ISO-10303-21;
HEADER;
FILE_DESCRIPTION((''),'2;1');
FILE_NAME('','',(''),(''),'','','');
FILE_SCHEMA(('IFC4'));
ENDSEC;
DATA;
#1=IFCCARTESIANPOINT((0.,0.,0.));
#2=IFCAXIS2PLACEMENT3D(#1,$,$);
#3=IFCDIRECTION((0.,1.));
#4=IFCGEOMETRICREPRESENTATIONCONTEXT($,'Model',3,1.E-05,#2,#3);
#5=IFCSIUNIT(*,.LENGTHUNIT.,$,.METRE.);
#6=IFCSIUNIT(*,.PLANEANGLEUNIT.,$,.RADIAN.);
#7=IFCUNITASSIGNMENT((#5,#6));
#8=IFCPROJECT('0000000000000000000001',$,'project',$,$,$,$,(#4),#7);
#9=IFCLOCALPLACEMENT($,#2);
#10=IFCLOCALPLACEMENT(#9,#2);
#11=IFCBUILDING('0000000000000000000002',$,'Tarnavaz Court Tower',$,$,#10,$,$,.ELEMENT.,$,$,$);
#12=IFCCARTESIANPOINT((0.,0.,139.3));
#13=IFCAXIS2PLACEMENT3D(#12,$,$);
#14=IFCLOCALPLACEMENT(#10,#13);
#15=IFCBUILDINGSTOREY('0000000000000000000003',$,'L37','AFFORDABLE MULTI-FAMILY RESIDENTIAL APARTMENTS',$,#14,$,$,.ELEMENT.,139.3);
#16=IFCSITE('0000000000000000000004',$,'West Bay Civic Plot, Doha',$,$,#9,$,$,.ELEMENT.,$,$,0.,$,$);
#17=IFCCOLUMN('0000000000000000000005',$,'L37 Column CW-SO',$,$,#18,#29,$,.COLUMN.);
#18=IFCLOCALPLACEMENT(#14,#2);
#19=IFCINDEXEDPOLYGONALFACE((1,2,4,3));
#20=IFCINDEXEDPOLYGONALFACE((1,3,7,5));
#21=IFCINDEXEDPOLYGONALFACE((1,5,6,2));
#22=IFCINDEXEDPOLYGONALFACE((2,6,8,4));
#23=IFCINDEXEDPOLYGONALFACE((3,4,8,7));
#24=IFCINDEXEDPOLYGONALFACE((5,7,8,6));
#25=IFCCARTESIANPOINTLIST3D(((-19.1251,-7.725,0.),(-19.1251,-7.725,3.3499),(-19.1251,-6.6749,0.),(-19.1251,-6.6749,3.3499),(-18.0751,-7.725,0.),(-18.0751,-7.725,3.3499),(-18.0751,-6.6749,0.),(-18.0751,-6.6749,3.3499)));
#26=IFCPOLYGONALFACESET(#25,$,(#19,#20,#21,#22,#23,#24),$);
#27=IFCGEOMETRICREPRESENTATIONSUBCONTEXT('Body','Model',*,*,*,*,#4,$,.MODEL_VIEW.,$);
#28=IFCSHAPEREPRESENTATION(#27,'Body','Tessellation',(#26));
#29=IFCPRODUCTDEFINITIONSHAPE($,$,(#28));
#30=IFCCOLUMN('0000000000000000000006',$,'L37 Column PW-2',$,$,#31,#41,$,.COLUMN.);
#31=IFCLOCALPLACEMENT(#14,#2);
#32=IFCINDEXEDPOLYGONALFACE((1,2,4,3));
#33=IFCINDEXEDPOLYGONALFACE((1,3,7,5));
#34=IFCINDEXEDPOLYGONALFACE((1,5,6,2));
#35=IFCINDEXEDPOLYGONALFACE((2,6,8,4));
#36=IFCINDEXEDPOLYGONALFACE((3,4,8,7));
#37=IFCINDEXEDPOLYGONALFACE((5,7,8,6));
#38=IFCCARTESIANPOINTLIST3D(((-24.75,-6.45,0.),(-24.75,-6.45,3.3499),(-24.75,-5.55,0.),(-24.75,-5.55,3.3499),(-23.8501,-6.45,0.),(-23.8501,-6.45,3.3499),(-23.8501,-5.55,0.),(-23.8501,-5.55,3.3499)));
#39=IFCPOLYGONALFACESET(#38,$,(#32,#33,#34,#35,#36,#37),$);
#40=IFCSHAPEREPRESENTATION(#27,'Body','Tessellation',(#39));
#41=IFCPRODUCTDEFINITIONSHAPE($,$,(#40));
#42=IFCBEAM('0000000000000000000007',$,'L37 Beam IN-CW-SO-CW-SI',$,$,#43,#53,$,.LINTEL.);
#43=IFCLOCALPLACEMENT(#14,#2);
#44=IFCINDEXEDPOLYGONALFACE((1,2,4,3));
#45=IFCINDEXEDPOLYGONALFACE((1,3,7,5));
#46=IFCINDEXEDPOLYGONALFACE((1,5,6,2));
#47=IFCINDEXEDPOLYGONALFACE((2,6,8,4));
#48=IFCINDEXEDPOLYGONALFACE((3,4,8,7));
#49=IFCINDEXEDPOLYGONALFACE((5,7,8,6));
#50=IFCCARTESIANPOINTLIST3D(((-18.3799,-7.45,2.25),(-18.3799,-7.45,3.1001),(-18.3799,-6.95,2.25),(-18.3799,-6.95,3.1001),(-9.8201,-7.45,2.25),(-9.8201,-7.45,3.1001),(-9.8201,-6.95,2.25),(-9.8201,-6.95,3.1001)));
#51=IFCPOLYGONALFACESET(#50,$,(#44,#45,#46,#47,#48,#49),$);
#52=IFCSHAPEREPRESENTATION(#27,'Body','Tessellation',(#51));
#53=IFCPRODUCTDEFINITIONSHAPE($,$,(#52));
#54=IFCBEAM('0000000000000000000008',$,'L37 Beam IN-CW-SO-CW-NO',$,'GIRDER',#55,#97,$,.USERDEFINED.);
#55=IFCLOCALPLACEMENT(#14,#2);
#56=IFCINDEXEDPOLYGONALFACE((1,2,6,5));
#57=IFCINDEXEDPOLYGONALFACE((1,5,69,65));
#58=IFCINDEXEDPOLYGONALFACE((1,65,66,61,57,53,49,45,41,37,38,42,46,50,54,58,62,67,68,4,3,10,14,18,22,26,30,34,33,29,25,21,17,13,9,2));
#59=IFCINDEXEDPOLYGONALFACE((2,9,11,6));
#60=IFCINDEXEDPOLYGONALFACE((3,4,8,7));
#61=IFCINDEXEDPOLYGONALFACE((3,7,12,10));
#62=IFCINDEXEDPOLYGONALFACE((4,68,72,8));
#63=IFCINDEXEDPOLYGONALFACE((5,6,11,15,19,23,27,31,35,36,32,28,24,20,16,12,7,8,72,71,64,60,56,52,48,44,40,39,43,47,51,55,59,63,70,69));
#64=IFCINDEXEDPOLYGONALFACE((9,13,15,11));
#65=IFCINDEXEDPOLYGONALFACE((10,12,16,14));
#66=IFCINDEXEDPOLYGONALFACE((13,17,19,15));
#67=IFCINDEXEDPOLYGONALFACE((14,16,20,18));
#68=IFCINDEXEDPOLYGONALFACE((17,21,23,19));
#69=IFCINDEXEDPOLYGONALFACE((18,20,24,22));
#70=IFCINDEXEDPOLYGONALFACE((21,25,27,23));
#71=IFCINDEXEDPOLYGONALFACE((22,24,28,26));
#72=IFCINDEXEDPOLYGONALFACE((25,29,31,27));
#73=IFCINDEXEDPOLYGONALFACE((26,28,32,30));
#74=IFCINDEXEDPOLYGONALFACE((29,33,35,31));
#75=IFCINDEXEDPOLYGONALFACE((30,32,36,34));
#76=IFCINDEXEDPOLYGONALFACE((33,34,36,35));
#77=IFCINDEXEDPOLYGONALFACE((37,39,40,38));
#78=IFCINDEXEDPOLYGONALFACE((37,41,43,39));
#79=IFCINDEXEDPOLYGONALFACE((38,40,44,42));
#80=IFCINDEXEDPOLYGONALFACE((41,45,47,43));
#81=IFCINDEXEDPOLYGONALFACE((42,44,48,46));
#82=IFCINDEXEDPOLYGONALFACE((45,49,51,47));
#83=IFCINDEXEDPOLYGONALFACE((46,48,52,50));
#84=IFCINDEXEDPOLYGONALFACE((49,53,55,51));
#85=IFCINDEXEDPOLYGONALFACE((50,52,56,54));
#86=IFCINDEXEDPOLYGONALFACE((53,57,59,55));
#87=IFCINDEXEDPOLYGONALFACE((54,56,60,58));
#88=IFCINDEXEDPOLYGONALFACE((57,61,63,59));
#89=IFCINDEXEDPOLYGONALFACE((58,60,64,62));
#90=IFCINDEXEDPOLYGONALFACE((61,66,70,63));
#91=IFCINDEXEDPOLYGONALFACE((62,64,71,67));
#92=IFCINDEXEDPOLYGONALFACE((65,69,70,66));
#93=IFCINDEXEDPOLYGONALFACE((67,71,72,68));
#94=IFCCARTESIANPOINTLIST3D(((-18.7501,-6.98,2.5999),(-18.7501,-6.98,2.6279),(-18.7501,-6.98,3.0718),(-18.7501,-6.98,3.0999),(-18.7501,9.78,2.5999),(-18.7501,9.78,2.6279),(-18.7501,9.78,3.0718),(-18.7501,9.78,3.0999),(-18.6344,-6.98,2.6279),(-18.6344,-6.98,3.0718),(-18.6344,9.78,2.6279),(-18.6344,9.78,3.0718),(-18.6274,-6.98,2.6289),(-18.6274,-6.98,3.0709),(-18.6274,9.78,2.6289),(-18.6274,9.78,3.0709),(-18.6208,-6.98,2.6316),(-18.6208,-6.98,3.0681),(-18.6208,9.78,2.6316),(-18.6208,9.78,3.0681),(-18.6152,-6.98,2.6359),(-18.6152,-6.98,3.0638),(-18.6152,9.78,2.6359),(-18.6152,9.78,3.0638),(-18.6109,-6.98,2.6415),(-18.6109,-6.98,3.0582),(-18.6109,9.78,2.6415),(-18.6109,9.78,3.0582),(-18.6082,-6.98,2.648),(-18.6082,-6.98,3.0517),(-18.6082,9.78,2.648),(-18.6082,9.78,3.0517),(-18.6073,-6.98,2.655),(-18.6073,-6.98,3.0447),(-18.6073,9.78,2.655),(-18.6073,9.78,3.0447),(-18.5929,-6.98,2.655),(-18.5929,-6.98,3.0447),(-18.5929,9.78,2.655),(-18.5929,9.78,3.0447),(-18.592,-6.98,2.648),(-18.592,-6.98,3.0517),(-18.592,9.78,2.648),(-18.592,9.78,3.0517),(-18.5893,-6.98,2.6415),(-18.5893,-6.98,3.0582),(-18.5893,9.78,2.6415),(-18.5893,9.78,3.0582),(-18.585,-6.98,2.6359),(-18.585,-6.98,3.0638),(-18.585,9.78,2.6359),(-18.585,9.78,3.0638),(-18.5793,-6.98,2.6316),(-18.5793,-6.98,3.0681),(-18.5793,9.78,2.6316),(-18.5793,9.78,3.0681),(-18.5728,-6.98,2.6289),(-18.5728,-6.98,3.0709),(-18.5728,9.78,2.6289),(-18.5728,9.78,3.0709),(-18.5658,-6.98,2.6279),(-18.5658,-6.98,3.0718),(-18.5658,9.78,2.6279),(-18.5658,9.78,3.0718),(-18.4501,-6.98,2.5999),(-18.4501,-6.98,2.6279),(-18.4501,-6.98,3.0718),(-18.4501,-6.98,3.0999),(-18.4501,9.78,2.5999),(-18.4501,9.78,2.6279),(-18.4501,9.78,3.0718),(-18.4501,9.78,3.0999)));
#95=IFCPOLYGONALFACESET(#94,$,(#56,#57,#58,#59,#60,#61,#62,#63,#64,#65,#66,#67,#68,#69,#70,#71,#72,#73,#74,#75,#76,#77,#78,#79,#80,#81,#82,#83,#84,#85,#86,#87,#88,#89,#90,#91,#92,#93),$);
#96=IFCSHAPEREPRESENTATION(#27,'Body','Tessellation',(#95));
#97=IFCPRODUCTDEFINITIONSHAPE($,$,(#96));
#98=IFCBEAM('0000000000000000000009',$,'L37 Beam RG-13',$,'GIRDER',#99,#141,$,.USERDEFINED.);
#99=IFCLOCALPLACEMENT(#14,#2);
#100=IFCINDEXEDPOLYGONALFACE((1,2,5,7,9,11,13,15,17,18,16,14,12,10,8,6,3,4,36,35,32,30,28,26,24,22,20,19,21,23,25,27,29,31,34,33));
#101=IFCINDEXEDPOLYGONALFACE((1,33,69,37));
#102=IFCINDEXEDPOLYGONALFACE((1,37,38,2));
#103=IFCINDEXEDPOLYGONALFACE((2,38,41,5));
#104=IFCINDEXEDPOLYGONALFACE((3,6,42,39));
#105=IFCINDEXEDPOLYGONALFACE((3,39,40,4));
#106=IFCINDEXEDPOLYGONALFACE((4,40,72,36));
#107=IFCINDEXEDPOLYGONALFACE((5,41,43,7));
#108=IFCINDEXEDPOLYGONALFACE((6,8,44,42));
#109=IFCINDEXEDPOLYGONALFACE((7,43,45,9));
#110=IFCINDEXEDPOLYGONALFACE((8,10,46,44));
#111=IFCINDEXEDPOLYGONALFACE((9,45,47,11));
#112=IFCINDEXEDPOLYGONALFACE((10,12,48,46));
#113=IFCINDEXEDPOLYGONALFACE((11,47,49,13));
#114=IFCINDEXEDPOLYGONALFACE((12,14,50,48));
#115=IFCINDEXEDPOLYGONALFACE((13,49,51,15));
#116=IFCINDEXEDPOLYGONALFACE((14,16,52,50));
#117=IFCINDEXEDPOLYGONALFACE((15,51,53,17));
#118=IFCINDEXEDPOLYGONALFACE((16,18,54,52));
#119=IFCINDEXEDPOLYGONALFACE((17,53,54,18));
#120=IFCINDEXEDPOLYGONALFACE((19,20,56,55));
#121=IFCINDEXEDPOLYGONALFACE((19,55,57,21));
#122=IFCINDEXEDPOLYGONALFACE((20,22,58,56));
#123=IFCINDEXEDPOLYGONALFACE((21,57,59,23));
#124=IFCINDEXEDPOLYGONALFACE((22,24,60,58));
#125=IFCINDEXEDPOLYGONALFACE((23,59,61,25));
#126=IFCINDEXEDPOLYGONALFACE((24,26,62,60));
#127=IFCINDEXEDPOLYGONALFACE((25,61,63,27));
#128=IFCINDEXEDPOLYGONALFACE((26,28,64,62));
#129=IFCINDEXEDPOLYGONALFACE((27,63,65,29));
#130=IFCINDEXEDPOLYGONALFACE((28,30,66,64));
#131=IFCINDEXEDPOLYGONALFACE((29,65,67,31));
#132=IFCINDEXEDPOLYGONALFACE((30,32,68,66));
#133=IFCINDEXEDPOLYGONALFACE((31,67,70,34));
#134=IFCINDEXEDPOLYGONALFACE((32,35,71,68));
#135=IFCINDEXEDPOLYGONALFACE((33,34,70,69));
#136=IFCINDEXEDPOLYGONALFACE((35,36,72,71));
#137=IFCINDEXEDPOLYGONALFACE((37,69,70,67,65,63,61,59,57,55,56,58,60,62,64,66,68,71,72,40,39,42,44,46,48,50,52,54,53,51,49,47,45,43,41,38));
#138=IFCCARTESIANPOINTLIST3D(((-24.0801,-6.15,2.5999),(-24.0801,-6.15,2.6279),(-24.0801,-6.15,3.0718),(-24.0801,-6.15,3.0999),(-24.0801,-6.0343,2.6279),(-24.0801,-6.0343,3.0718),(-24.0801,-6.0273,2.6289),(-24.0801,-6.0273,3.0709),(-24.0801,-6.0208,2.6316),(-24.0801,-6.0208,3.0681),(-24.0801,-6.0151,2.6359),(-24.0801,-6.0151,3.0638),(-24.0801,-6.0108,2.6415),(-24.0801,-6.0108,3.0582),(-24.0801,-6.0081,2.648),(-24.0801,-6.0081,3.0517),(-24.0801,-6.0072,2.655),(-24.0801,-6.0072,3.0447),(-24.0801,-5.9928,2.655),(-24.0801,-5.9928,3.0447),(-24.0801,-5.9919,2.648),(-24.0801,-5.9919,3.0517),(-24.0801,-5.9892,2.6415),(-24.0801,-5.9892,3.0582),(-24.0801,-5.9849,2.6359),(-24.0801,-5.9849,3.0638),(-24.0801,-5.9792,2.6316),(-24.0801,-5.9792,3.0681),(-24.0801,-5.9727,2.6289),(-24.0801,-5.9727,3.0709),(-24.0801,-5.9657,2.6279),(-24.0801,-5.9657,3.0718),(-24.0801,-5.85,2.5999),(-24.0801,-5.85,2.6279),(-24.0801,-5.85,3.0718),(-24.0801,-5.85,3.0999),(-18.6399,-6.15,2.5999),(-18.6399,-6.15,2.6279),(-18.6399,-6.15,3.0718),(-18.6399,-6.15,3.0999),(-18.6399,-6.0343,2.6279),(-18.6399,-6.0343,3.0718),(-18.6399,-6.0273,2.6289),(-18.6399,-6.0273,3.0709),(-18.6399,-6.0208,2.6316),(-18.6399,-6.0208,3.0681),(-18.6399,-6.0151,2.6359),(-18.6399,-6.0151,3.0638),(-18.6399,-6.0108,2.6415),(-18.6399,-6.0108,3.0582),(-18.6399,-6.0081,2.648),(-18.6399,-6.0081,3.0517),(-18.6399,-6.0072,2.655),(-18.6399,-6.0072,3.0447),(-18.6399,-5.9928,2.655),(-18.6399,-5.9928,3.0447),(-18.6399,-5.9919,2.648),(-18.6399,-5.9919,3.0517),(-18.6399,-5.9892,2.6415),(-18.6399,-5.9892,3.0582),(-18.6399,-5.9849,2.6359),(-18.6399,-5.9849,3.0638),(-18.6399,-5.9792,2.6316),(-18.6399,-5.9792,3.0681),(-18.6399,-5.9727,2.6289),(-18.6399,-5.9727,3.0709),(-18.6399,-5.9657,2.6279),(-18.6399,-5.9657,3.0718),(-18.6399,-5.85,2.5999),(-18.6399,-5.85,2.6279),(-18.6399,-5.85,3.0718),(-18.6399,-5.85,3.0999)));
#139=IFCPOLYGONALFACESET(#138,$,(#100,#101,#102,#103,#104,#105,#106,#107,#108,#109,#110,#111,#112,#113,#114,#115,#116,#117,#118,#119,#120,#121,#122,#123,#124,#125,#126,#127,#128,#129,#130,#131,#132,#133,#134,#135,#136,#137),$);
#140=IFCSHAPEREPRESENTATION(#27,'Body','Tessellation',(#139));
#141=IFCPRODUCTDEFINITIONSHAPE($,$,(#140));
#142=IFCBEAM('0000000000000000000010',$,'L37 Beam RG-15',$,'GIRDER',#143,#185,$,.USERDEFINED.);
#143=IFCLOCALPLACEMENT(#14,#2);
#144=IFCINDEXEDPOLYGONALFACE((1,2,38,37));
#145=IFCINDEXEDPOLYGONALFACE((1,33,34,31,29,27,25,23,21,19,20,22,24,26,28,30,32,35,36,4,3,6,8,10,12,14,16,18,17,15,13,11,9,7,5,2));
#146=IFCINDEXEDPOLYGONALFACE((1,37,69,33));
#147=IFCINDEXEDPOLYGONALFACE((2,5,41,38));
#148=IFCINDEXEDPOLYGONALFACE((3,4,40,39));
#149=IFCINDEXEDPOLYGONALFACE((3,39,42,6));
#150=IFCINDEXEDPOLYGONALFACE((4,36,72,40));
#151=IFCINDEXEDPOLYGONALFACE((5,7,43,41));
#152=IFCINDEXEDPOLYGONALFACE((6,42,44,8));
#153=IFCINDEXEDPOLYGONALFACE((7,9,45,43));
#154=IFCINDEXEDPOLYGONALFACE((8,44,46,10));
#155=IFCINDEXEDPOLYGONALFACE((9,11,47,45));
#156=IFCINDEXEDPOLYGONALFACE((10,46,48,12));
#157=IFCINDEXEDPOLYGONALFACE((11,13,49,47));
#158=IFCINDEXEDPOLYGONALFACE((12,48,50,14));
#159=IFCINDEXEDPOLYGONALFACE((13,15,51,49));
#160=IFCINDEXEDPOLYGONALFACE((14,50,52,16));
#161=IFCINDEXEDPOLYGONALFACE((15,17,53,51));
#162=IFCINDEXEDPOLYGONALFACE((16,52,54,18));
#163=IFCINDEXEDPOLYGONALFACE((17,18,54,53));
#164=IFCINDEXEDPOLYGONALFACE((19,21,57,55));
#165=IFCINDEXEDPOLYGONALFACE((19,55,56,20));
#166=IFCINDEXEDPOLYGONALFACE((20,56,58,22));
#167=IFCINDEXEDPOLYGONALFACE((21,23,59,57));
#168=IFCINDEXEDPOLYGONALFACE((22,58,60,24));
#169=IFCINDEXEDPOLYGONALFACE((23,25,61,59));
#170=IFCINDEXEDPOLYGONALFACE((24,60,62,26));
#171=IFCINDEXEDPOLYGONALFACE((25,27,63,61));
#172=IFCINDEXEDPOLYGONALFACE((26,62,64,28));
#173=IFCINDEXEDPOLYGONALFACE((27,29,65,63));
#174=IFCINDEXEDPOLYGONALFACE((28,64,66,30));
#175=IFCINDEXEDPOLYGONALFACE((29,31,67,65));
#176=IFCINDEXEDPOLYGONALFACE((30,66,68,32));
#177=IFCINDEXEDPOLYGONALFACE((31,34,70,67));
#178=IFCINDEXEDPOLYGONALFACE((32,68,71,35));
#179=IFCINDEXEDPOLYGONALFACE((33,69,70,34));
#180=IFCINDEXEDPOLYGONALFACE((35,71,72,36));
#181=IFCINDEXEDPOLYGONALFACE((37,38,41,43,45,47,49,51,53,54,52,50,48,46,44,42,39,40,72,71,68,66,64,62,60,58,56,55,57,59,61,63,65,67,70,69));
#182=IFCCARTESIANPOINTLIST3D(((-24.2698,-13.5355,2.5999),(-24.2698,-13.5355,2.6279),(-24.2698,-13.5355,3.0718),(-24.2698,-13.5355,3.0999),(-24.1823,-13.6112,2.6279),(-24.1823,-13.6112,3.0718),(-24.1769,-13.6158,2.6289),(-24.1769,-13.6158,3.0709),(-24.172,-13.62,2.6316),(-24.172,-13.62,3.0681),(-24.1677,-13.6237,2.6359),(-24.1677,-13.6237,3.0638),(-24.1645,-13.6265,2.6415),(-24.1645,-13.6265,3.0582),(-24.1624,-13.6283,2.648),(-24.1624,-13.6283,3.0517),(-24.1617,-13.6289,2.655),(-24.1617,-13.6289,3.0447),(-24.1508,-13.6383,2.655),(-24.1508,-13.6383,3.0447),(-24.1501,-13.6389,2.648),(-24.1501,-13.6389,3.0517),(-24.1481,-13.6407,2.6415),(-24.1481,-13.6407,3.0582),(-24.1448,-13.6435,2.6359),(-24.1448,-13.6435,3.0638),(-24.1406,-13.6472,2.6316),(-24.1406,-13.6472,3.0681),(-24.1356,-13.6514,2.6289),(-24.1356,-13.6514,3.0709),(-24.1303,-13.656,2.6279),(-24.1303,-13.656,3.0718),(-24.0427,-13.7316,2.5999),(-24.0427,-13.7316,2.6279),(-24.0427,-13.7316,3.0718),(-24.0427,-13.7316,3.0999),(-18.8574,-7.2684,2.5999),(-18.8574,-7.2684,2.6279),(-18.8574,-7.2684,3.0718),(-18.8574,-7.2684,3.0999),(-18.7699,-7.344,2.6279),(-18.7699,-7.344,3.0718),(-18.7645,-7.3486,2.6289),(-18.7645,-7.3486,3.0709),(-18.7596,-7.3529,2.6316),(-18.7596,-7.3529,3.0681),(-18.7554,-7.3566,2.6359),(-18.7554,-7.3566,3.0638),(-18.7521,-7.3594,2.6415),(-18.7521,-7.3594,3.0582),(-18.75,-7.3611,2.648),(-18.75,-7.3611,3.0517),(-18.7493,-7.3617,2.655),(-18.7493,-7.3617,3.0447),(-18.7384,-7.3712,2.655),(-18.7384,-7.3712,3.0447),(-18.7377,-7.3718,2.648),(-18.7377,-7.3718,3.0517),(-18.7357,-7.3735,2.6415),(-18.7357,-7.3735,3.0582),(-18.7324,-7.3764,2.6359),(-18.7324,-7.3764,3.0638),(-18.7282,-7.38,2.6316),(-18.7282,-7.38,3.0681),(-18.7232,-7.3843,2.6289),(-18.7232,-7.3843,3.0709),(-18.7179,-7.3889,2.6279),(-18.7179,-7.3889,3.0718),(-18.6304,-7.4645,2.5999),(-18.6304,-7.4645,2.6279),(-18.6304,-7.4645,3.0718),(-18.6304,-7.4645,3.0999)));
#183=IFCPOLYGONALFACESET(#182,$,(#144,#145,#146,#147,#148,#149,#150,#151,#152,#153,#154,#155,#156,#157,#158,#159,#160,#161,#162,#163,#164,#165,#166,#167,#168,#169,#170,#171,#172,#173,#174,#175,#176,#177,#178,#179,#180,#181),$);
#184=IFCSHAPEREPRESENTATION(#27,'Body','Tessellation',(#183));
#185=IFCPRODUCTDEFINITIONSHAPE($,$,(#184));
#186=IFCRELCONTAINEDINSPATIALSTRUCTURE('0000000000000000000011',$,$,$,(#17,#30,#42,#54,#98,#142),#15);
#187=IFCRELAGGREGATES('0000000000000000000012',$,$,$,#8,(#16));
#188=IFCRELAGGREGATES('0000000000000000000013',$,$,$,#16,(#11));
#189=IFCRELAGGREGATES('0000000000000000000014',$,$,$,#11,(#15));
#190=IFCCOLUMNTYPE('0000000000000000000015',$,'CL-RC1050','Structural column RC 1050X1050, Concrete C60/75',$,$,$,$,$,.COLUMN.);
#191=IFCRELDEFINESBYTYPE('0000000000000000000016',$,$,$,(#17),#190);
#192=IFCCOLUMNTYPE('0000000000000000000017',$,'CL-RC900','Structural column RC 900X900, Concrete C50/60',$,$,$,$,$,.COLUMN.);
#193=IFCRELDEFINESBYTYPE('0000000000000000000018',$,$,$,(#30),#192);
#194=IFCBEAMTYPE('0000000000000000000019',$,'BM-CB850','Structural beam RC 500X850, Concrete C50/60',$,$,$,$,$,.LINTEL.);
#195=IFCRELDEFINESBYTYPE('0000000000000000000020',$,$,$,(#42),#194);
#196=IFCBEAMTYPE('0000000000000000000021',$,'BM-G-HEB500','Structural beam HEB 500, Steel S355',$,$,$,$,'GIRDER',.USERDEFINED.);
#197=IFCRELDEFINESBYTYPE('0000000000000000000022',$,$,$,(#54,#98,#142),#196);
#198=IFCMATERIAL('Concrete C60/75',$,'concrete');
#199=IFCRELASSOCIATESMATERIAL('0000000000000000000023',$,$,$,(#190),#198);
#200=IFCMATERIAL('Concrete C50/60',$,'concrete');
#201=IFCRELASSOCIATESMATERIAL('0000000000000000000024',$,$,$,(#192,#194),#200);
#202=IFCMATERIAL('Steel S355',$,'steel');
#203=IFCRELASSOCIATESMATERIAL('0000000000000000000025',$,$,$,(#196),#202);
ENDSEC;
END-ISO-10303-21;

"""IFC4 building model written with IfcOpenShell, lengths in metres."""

from ifc_helpers import new_model, si_unit, direction, frame, origin, origin_2d, place, context, subcontext, project, spatial, rectangle, i_section, extrude, material, material_profile, profile_set, type_object, element, save


model = new_model("IFC4")

# Units and contexts
model_context = context("Model", 3, precision=1e-05, world=origin(), true_north=direction((0.0, 1.0)))
body_context = subcontext(model_context, "Body", "Model", "MODEL_VIEW")
ifc_project = project(units=[si_unit("LENGTHUNIT", "METRE"), si_unit("PLANEANGLEUNIT", "RADIAN")], contexts=[model_context])

# Site, building, storey
site_placement = place(None, origin())
site = spatial("IfcSite", under=ifc_project, at=site_placement, Name="West Bay Civic Plot, Doha", CompositionType="ELEMENT", RefElevation=0.0)
building_placement = place(site_placement, origin())
building = spatial("IfcBuilding", under=site, at=building_placement, Name="Tarnavaz Court Tower", CompositionType="ELEMENT")
storey_placement = place(building_placement, frame((0.0, 0.0, 139.3)))
storey = spatial("IfcBuildingStorey", under=building, at=storey_placement, Name="L37", Description="AFFORDABLE MULTI-FAMILY RESIDENTIAL APARTMENTS", CompositionType="ELEMENT", Elevation=139.3)

# Columns
ifc_material_1 = material(Name="Concrete C60/75", Category="concrete")
ifc_material_profile_1 = material_profile(ifc_material_1, rectangle(XDim=1.05, YDim=1.05, at=origin_2d()), Name="RC 1050X1050")
ifc_profile_set_1 = profile_set([ifc_material_profile_1], Name="Concrete C60/75")
column_type_1 = type_object("IfcColumnType", Name="CL-RC1050", Description="Structural column RC 1050X1050, Concrete C60/75", PredefinedType="COLUMN", material=ifc_profile_set_1)
column_1_placement = place(storey_placement, frame((-18.6001, -7.2, 0.0), z_axis=(0.0, 0.0, 1.0), x_axis=(1.0, 0.0, 0.0)))
element("IfcColumn", 1, at=column_1_placement, inside=storey, type_object=column_type_1, Name="L37 Column CW-SO", PredefinedType="COLUMN", context=body_context, shape_type="SweptSolid", body=[
    extrude(rectangle(XDim=1.05, YDim=1.05, at=origin_2d()), origin(), (0.0, 0.0, 1.0), 3.3499),
])
ifc_material_2 = material(Name="Concrete C50/60", Category="concrete")
ifc_material_profile_2 = material_profile(ifc_material_2, rectangle(XDim=0.8999, YDim=0.8999, at=origin_2d()), Name="RC 900X900")
ifc_profile_set_2 = profile_set([ifc_material_profile_2], Name="Concrete C50/60")
column_type_2 = type_object("IfcColumnType", Name="CL-RC900", Description="Structural column RC 900X900, Concrete C50/60", PredefinedType="COLUMN", material=ifc_profile_set_2)
column_2_placement = place(storey_placement, frame((-24.3, -6.0, 0.0), z_axis=(0.0, 0.0, 1.0), x_axis=(1.0, 0.0, 0.0)))
element("IfcColumn", 2, at=column_2_placement, inside=storey, type_object=column_type_2, Name="L37 Column PW-2", PredefinedType="COLUMN", context=body_context, shape_type="SweptSolid", body=[
    extrude(rectangle(XDim=0.8999, YDim=0.8999, at=origin_2d()), origin(), (0.0, 0.0, 1.0), 3.3499),
])

# Beams
ifc_material_profile_3 = material_profile(ifc_material_2, rectangle(XDim=0.5, YDim=0.8501, at=origin_2d()), Name="RC 500X850")
ifc_profile_set_3 = profile_set([ifc_material_profile_3], Name="Concrete C50/60")
beam_type_1 = type_object("IfcBeamType", Name="BM-CB850", Description="Structural beam RC 500X850, Concrete C50/60", PredefinedType="LINTEL", material=ifc_profile_set_3)
beam_1_placement = place(storey_placement, frame((-18.3799, -7.2, 2.675), z_axis=(1.0, 0.0, 0.0), x_axis=(0.0, 1.0, 0.0)))
element("IfcBeam", 3, at=beam_1_placement, inside=storey, type_object=beam_type_1, Name="L37 Beam IN-CW-SO-CW-SI", PredefinedType="LINTEL", context=body_context, shape_type="SweptSolid", body=[
    extrude(rectangle(XDim=0.5, YDim=0.8501, at=origin_2d()), origin(), (0.0, 0.0, 1.0), 8.5598),
])
ifc_material_3 = material(Name="Steel S355", Category="steel")
ifc_material_profile_4 = material_profile(ifc_material_3, i_section(OverallWidth=0.3, OverallDepth=0.5, WebThickness=0.0144, FlangeThickness=0.0281, FilletRadius=0.0271, at=origin_2d()), Name="HEB 500")
ifc_profile_set_4 = profile_set([ifc_material_profile_4], Name="Steel S355")
beam_type_2 = type_object("IfcBeamType", Name="BM-G-HEB500", Description="Structural beam HEB 500, Steel S355", ElementType="GIRDER", PredefinedType="USERDEFINED", material=ifc_profile_set_4)
beam_2_placement = place(storey_placement, frame((-18.6001, -6.98, 2.8499), z_axis=(0.0, 1.0, 0.0), x_axis=(-1.0, 0.0, 0.0)))
element("IfcBeam", 4, at=beam_2_placement, inside=storey, type_object=beam_type_2, Name="L37 Beam IN-CW-SO-CW-NO", ObjectType="GIRDER", PredefinedType="USERDEFINED", context=body_context, shape_type="SweptSolid", body=[
    extrude(i_section(OverallWidth=0.3, OverallDepth=0.5, WebThickness=0.0144, FlangeThickness=0.0281, FilletRadius=0.0271, at=origin_2d()), origin(), (0.0, 0.0, 1.0), 16.76),
])
beam_3_placement = place(storey_placement, frame((-18.6399, -6.0, 2.8499), z_axis=(-1.0, 0.0, 0.0), x_axis=(0.0, -1.0, 0.0)))
element("IfcBeam", 5, at=beam_3_placement, inside=storey, type_object=beam_type_2, Name="L37 Beam RG-13", ObjectType="GIRDER", PredefinedType="USERDEFINED", context=body_context, shape_type="SweptSolid", body=[
    extrude(i_section(OverallWidth=0.3, OverallDepth=0.5, WebThickness=0.0144, FlangeThickness=0.0281, FilletRadius=0.0271, at=origin_2d()), origin(), (0.0, 0.0, 1.0), 5.4402),
])
beam_4_placement = place(storey_placement, frame((-18.7439, -7.3665, 2.8499), z_axis=(-0.653611, -0.756831, 0.0), x_axis=(0.756831, -0.653611, 0.0)))
element("IfcBeam", 6, at=beam_4_placement, inside=storey, type_object=beam_type_2, Name="L37 Beam RG-15", ObjectType="GIRDER", PredefinedType="USERDEFINED", context=body_context, shape_type="SweptSolid", body=[
    extrude(i_section(OverallWidth=0.3, OverallDepth=0.5, WebThickness=0.0144, FlangeThickness=0.0281, FilletRadius=0.0271, at=origin_2d()), origin(), (0.0, 0.0, 1.0), 8.2808),
])

save(model, "model.ifc")
